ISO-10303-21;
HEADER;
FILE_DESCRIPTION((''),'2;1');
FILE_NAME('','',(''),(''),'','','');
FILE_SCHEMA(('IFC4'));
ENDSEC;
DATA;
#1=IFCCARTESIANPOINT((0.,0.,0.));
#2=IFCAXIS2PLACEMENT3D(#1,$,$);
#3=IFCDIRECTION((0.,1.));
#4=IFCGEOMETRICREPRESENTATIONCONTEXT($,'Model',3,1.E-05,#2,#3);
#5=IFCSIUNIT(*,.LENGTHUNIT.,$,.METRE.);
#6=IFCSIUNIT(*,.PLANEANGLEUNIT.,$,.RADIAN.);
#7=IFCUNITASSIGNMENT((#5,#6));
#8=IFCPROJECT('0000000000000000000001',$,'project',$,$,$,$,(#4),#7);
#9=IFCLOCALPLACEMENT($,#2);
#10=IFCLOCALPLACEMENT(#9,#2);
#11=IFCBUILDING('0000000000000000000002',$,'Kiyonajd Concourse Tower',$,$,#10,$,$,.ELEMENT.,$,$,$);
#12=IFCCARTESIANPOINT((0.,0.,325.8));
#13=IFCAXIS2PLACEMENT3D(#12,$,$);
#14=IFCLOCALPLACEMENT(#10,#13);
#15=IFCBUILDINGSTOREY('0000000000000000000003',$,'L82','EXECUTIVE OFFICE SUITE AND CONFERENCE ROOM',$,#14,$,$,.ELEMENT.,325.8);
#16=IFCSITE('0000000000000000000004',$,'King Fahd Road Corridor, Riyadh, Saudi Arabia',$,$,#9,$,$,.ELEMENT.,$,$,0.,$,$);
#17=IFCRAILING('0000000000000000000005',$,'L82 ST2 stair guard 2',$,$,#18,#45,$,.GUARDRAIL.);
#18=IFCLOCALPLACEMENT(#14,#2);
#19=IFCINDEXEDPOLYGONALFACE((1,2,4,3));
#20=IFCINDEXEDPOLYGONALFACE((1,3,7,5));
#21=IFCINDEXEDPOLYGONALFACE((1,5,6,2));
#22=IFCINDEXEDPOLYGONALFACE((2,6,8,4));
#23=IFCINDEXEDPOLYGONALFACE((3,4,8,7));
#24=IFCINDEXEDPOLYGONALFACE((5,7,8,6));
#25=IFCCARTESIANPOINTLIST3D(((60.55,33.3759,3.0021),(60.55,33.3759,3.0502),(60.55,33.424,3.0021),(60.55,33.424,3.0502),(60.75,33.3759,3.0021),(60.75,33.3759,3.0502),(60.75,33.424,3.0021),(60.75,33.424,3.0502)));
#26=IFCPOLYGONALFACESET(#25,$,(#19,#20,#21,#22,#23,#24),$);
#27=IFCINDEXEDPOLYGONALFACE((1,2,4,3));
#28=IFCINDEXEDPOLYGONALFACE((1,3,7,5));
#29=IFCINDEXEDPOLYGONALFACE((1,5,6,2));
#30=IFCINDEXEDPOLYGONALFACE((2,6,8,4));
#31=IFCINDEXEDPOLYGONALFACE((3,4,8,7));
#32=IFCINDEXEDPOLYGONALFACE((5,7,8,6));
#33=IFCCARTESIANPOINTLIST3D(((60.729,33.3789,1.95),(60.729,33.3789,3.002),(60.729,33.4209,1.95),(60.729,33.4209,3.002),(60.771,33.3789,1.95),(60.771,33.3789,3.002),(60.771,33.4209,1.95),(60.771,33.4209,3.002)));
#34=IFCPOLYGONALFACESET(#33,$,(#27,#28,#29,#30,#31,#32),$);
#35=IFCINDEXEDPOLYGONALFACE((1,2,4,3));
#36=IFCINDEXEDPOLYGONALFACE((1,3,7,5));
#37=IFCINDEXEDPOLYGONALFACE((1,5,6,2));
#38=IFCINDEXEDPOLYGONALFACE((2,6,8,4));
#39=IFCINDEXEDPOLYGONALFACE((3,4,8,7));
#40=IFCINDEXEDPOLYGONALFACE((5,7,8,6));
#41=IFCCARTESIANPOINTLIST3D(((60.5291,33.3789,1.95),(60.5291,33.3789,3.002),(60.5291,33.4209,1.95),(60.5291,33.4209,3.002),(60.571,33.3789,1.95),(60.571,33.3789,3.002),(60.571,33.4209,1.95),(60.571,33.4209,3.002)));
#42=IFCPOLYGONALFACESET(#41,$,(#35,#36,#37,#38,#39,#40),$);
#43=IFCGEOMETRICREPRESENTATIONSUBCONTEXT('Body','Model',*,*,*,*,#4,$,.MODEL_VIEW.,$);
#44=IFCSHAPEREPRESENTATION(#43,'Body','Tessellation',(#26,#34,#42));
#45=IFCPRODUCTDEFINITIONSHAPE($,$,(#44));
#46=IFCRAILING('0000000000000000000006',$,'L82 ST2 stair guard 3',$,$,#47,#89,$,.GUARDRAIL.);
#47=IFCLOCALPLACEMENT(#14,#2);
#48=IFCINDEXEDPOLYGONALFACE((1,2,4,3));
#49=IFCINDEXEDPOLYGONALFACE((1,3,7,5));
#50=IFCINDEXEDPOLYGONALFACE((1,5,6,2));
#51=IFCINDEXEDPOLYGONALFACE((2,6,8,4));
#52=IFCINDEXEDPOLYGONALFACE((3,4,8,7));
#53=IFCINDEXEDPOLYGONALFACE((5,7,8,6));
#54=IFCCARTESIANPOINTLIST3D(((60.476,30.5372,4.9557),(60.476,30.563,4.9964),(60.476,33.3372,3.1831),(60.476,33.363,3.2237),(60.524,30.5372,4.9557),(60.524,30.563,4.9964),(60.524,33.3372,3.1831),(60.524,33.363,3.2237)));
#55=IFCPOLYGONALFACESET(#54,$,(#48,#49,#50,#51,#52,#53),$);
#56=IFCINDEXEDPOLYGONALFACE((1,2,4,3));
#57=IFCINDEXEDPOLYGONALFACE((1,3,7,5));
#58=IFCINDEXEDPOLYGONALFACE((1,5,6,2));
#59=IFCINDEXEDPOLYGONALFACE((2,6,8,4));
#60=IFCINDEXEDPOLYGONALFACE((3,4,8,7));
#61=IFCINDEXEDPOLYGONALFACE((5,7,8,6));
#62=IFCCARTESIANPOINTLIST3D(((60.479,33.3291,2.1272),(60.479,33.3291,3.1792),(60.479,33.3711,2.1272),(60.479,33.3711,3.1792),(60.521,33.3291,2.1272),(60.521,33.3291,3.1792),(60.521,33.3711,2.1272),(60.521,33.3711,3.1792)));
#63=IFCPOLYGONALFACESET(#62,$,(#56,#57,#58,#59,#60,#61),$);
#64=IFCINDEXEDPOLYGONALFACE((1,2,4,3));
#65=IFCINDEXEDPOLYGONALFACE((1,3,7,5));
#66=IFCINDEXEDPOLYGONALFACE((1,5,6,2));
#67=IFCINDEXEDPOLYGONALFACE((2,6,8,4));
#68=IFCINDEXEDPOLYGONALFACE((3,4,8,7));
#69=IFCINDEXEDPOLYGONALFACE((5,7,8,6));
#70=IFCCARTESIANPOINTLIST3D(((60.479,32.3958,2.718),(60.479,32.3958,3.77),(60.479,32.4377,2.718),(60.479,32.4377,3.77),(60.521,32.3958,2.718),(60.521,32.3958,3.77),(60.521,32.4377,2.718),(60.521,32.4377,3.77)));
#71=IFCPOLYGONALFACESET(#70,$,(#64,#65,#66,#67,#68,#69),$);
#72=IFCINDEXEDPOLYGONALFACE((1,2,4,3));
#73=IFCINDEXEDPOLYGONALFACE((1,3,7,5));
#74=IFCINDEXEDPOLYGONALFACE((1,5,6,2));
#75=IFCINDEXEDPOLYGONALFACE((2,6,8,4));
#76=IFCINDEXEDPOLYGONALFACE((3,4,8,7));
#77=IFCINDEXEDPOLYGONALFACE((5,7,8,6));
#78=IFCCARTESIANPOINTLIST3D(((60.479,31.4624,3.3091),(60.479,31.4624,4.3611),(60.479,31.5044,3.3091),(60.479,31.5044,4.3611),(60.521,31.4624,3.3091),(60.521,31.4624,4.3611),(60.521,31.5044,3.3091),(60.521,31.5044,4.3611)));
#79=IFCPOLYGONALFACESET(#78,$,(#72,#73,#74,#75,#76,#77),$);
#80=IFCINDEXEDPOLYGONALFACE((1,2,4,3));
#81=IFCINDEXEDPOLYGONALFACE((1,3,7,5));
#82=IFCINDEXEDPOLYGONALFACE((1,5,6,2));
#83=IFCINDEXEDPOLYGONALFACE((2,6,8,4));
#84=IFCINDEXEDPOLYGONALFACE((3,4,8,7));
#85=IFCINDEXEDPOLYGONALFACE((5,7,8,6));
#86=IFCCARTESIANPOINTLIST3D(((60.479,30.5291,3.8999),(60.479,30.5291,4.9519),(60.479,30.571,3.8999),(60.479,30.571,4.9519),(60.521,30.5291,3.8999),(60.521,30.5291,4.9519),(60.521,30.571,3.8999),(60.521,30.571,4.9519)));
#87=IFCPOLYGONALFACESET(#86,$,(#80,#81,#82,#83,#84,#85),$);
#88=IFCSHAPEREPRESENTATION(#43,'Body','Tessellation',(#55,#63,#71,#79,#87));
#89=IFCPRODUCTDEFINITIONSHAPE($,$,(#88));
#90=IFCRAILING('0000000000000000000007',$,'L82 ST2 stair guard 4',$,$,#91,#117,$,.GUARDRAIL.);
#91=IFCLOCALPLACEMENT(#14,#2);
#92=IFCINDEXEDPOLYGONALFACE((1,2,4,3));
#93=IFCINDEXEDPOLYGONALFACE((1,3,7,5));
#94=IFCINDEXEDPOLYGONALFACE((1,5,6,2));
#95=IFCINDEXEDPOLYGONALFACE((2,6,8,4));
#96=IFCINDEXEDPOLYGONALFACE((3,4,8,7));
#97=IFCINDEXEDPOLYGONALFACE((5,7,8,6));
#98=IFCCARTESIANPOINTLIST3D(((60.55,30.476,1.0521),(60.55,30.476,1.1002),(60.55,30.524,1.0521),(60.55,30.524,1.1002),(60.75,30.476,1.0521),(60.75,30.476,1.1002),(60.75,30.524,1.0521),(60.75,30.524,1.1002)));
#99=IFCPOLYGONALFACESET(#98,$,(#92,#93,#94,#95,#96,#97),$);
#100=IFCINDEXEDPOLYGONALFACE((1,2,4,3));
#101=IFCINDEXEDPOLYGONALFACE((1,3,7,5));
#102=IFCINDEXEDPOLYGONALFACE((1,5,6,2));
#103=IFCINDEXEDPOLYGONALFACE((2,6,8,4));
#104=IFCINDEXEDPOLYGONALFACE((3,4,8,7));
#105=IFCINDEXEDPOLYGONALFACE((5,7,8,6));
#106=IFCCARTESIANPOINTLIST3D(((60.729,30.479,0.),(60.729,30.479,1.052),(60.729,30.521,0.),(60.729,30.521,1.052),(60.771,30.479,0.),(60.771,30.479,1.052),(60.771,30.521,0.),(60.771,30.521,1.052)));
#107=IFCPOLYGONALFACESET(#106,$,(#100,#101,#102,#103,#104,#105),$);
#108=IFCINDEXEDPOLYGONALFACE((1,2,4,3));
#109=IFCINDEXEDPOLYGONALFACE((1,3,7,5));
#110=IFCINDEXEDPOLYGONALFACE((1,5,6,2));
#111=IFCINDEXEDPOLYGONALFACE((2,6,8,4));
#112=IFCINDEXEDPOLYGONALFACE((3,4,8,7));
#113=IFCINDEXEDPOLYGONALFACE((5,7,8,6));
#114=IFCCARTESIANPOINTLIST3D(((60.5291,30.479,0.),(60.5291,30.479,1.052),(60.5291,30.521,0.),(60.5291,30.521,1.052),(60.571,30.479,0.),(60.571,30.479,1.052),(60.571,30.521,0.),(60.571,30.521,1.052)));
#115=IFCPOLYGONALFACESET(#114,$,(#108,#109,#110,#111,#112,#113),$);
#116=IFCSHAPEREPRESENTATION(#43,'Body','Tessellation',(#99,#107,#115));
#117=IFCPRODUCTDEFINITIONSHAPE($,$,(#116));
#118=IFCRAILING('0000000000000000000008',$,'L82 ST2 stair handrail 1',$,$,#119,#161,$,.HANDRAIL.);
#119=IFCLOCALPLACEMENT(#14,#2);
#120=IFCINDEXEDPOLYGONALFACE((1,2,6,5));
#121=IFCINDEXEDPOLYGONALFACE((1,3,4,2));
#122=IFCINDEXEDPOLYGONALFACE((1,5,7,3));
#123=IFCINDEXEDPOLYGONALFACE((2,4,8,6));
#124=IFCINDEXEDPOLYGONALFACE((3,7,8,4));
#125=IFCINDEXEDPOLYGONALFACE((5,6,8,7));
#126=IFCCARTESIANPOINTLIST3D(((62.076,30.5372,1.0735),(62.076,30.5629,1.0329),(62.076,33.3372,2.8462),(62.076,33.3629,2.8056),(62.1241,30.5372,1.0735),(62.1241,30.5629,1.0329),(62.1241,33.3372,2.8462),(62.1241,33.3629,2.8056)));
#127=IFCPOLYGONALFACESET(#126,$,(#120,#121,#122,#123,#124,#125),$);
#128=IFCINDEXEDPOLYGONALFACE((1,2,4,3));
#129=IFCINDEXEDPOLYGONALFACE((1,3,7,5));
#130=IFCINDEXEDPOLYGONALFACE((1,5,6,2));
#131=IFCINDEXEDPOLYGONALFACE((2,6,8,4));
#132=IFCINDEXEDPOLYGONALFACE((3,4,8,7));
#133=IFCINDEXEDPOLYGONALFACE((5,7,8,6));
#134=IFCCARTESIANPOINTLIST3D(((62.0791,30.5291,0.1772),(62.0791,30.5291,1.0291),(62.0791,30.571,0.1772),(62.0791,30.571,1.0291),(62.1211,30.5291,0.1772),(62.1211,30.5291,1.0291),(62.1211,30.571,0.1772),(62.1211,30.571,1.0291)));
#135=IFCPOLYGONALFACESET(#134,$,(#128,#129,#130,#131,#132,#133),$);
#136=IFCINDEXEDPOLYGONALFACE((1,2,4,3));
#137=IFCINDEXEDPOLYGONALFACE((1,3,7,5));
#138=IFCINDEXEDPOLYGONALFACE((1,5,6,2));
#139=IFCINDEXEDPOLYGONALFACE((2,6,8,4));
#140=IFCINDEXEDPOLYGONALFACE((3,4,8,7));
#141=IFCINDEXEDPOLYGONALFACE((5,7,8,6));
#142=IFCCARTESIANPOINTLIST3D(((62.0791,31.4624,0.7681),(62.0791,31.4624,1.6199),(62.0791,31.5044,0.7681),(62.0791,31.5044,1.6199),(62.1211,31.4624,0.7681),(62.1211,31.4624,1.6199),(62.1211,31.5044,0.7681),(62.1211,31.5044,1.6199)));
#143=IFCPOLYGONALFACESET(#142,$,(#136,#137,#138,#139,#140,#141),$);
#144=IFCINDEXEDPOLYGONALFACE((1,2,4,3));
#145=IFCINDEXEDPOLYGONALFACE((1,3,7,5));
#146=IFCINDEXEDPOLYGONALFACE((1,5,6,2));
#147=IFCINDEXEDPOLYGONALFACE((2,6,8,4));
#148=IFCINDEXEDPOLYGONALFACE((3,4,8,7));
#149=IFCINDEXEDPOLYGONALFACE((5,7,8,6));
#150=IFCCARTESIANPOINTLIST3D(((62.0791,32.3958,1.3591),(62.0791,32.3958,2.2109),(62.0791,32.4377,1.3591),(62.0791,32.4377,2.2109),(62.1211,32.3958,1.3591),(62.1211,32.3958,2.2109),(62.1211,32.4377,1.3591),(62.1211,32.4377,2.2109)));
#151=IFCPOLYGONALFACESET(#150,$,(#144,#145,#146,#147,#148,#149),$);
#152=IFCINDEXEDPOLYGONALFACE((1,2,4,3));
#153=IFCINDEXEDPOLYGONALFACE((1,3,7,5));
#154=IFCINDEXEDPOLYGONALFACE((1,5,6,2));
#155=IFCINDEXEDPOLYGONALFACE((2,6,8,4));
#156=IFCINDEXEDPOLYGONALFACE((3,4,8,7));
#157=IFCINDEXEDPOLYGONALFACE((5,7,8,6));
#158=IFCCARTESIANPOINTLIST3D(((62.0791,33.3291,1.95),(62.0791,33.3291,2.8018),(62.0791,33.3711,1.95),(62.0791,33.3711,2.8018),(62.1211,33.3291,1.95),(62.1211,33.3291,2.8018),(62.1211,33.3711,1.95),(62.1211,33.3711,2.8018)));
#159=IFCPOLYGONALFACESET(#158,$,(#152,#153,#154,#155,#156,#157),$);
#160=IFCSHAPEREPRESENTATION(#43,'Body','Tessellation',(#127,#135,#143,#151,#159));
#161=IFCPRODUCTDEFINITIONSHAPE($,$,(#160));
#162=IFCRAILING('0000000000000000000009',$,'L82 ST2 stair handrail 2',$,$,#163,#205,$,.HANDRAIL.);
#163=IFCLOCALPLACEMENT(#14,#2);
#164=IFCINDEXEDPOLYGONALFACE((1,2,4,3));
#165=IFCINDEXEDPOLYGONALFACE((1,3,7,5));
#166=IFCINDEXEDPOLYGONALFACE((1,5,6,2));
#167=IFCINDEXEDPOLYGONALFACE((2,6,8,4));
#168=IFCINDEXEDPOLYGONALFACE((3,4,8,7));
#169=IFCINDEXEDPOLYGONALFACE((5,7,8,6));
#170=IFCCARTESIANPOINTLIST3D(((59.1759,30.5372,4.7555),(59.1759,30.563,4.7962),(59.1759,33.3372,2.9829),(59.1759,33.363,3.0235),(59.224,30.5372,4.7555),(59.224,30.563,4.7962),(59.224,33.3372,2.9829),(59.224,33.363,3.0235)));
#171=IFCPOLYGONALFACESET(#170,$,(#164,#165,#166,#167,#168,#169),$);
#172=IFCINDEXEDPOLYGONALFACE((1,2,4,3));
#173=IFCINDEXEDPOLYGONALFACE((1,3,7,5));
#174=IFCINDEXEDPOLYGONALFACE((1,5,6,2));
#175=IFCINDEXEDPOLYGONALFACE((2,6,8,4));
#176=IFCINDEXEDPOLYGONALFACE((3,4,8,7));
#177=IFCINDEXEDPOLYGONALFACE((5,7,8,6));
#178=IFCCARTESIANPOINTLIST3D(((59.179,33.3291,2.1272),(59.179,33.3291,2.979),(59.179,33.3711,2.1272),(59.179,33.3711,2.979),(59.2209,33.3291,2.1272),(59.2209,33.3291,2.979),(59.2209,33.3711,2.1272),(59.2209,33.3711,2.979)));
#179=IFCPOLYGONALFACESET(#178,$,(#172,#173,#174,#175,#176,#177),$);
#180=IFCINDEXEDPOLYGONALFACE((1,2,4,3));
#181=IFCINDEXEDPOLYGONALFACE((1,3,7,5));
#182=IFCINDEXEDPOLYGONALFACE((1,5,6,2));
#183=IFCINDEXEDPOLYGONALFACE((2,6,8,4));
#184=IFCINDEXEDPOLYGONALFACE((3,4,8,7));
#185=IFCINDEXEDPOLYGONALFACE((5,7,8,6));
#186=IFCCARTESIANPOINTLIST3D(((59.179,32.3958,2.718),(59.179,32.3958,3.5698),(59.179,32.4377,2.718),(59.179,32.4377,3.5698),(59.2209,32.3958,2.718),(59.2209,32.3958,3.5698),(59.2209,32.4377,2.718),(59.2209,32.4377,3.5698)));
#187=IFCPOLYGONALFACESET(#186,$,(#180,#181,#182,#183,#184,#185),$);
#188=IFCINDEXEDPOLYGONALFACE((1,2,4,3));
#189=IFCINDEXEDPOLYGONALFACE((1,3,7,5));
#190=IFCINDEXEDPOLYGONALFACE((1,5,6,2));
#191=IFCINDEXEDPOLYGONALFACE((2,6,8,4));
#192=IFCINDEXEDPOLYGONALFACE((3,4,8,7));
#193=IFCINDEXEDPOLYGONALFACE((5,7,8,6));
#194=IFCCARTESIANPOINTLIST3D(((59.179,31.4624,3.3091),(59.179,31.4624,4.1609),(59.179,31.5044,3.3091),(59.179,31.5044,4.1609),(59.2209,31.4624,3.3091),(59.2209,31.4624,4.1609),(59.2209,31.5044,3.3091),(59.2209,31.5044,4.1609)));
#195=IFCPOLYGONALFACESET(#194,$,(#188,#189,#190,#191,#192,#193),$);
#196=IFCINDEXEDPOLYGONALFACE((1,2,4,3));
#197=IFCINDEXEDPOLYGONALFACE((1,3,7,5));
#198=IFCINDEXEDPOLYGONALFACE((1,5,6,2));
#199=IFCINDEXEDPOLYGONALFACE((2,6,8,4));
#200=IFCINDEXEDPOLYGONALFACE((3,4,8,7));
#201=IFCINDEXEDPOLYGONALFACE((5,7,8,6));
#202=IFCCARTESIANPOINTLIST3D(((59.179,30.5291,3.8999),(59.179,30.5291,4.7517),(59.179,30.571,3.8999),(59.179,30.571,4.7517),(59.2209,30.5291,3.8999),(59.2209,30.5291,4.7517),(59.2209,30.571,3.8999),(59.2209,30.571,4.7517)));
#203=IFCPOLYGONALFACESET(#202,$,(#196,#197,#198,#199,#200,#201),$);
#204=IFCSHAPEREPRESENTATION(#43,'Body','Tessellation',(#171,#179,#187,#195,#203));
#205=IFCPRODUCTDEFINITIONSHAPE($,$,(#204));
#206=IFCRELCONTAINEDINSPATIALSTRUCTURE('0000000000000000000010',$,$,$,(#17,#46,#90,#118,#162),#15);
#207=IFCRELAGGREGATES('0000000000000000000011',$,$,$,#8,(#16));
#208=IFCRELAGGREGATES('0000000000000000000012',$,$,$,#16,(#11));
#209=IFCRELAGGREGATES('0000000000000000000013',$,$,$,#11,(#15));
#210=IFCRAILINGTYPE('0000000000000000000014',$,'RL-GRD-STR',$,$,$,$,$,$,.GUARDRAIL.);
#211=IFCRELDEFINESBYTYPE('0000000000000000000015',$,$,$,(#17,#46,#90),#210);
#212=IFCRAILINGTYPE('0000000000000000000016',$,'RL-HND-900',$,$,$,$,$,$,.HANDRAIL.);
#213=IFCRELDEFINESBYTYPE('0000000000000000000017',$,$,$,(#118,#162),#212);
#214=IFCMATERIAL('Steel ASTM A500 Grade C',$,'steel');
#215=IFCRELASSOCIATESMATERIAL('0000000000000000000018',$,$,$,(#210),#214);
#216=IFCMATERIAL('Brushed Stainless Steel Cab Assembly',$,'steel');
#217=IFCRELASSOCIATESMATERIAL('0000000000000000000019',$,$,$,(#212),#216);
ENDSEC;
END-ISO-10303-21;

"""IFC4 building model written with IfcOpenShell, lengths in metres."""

from ifc_helpers import new_model, si_unit, direction, frame, origin, origin_2d, place, context, subcontext, project, spatial, rectangle, extrude, material, type_object, element, save


model = new_model("IFC4")

# Units and contexts
model_context = context("Model", 3, precision=1e-05, world=origin(), true_north=direction((0.0, 1.0)))
body_context = subcontext(model_context, "Body", "Model", "MODEL_VIEW")
ifc_project = project(units=[si_unit("LENGTHUNIT", "METRE"), si_unit("PLANEANGLEUNIT", "RADIAN")], contexts=[model_context])

# Site, building, storey
site_placement = place(None, origin())
site = spatial("IfcSite", under=ifc_project, at=site_placement, Name="King Fahd Road Corridor, Riyadh, Saudi Arabia", CompositionType="ELEMENT", RefElevation=0.0)
building_placement = place(site_placement, origin())
building = spatial("IfcBuilding", under=site, at=building_placement, Name="Kiyonajd Concourse Tower", CompositionType="ELEMENT")
storey_placement = place(building_placement, frame((0.0, 0.0, 325.8)))
storey = spatial("IfcBuildingStorey", under=building, at=storey_placement, Name="L82", Description="EXECUTIVE OFFICE SUITE AND CONFERENCE ROOM", CompositionType="ELEMENT", Elevation=325.8)

# Railings
ifc_material_1 = material(Name="Steel ASTM A500 Grade C", Category="steel")
railing_type_1 = type_object("IfcRailingType", Name="RL-GRD-STR", PredefinedType="GUARDRAIL", material=ifc_material_1)
railing_1_placement = place(storey_placement, frame((60.75, 33.3999, 1.95)))
element("IfcRailing", 1, at=railing_1_placement, inside=storey, type_object=railing_type_1, Name="L82 ST2 stair guard 2", PredefinedType="GUARDRAIL", context=body_context, shape_type="SweptSolid", body=[
    extrude(rectangle(XDim=0.0481, YDim=0.0481, at=origin_2d()), frame((0.0, 0.0, 1.0762), z_axis=(-1.0, 0.0, 0.0), x_axis=(0.0, -1.0, 0.0)), (0.0, 0.0, 1.0), 0.2),
    extrude(rectangle(XDim=0.042, YDim=0.042, at=origin_2d()), origin(), (0.0, 0.0, 1.0), 1.052),
    extrude(rectangle(XDim=0.042, YDim=0.042, at=origin_2d()), frame((-0.2, 0.0, 0.0)), (0.0, 0.0, 1.0), 1.052),
])
railing_2_placement = place(storey_placement, frame((60.5, 33.3501, 2.1272)))
element("IfcRailing", 2, at=railing_2_placement, inside=storey, type_object=railing_type_1, Name="L82 ST2 stair guard 3", PredefinedType="GUARDRAIL", context=body_context, shape_type="SweptSolid", body=[
    extrude(rectangle(XDim=0.0481, YDim=0.0481, at=origin_2d()), frame((0.0, 0.0, 1.0762), z_axis=(0.0, -0.844909, 0.53491), x_axis=(1.0, 0.0, 0.0)), (0.0, 0.0, 1.0), 3.314),
    extrude(rectangle(XDim=0.042, YDim=0.042, at=origin_2d()), origin(), (0.0, 0.0, 1.0), 1.052),
    extrude(rectangle(XDim=0.042, YDim=0.042, at=origin_2d()), frame((0.0, -0.9333, 0.5908)), (0.0, 0.0, 1.0), 1.052),
    extrude(rectangle(XDim=0.042, YDim=0.042, at=origin_2d()), frame((0.0, -1.8667, 1.1819)), (0.0, 0.0, 1.0), 1.052),
    extrude(rectangle(XDim=0.042, YDim=0.042, at=origin_2d()), frame((0.0, -2.8, 1.7727)), (0.0, 0.0, 1.0), 1.052),
])
railing_3_placement = place(storey_placement, frame((60.75, 30.5, 0.0)))
element("IfcRailing", 3, at=railing_3_placement, inside=storey, type_object=railing_type_1, Name="L82 ST2 stair guard 4", PredefinedType="GUARDRAIL", context=body_context, shape_type="SweptSolid", body=[
    extrude(rectangle(XDim=0.0481, YDim=0.0481, at=origin_2d()), frame((0.0, 0.0, 1.0762), z_axis=(-1.0, 0.0, 0.0), x_axis=(0.0, -1.0, 0.0)), (0.0, 0.0, 1.0), 0.2),
    extrude(rectangle(XDim=0.042, YDim=0.042, at=origin_2d()), origin(), (0.0, 0.0, 1.0), 1.052),
    extrude(rectangle(XDim=0.042, YDim=0.042, at=origin_2d()), frame((-0.2, 0.0, 0.0)), (0.0, 0.0, 1.0), 1.052),
])
ifc_material_2 = material(Name="Brushed Stainless Steel Cab Assembly", Category="steel")
railing_type_2 = type_object("IfcRailingType", Name="RL-HND-900", PredefinedType="HANDRAIL", material=ifc_material_2)
railing_4_placement = place(storey_placement, frame((62.1001, 30.55, 0.1772)))
element("IfcRailing", 4, at=railing_4_placement, inside=storey, type_object=railing_type_2, Name="L82 ST2 stair handrail 1", PredefinedType="HANDRAIL", context=body_context, shape_type="SweptSolid", body=[
    extrude(rectangle(XDim=0.0481, YDim=0.0481, at=origin_2d()), frame((0.0, 0.0, 0.876), z_axis=(0.0, 0.844909, 0.53491), x_axis=(-1.0, 0.0, 0.0)), (0.0, 0.0, 1.0), 3.314),
    extrude(rectangle(XDim=0.042, YDim=0.042, at=origin_2d()), origin(), (0.0, 0.0, 1.0), 0.8518),
    extrude(rectangle(XDim=0.042, YDim=0.042, at=origin_2d()), frame((0.0, 0.9333, 0.5908)), (0.0, 0.0, 1.0), 0.8518),
    extrude(rectangle(XDim=0.042, YDim=0.042, at=origin_2d()), frame((0.0, 1.8667, 1.1819)), (0.0, 0.0, 1.0), 0.8518),
    extrude(rectangle(XDim=0.042, YDim=0.042, at=origin_2d()), frame((0.0, 2.8, 1.7727)), (0.0, 0.0, 1.0), 0.8518),
])
railing_5_placement = place(storey_placement, frame((59.2, 33.3501, 2.1272)))
element("IfcRailing", 5, at=railing_5_placement, inside=storey, type_object=railing_type_2, Name="L82 ST2 stair handrail 2", PredefinedType="HANDRAIL", context=body_context, shape_type="SweptSolid", body=[
    extrude(rectangle(XDim=0.0481, YDim=0.0481, at=origin_2d()), frame((0.0, 0.0, 0.876), z_axis=(0.0, -0.844909, 0.53491), x_axis=(1.0, 0.0, 0.0)), (0.0, 0.0, 1.0), 3.314),
    extrude(rectangle(XDim=0.042, YDim=0.042, at=origin_2d()), origin(), (0.0, 0.0, 1.0), 0.8518),
    extrude(rectangle(XDim=0.042, YDim=0.042, at=origin_2d()), frame((0.0, -0.9333, 0.5908)), (0.0, 0.0, 1.0), 0.8518),
    extrude(rectangle(XDim=0.042, YDim=0.042, at=origin_2d()), frame((0.0, -1.8667, 1.1819)), (0.0, 0.0, 1.0), 0.8518),
    extrude(rectangle(XDim=0.042, YDim=0.042, at=origin_2d()), frame((0.0, -2.8, 1.7727)), (0.0, 0.0, 1.0), 0.8518),
])

save(model, "model.ifc")
